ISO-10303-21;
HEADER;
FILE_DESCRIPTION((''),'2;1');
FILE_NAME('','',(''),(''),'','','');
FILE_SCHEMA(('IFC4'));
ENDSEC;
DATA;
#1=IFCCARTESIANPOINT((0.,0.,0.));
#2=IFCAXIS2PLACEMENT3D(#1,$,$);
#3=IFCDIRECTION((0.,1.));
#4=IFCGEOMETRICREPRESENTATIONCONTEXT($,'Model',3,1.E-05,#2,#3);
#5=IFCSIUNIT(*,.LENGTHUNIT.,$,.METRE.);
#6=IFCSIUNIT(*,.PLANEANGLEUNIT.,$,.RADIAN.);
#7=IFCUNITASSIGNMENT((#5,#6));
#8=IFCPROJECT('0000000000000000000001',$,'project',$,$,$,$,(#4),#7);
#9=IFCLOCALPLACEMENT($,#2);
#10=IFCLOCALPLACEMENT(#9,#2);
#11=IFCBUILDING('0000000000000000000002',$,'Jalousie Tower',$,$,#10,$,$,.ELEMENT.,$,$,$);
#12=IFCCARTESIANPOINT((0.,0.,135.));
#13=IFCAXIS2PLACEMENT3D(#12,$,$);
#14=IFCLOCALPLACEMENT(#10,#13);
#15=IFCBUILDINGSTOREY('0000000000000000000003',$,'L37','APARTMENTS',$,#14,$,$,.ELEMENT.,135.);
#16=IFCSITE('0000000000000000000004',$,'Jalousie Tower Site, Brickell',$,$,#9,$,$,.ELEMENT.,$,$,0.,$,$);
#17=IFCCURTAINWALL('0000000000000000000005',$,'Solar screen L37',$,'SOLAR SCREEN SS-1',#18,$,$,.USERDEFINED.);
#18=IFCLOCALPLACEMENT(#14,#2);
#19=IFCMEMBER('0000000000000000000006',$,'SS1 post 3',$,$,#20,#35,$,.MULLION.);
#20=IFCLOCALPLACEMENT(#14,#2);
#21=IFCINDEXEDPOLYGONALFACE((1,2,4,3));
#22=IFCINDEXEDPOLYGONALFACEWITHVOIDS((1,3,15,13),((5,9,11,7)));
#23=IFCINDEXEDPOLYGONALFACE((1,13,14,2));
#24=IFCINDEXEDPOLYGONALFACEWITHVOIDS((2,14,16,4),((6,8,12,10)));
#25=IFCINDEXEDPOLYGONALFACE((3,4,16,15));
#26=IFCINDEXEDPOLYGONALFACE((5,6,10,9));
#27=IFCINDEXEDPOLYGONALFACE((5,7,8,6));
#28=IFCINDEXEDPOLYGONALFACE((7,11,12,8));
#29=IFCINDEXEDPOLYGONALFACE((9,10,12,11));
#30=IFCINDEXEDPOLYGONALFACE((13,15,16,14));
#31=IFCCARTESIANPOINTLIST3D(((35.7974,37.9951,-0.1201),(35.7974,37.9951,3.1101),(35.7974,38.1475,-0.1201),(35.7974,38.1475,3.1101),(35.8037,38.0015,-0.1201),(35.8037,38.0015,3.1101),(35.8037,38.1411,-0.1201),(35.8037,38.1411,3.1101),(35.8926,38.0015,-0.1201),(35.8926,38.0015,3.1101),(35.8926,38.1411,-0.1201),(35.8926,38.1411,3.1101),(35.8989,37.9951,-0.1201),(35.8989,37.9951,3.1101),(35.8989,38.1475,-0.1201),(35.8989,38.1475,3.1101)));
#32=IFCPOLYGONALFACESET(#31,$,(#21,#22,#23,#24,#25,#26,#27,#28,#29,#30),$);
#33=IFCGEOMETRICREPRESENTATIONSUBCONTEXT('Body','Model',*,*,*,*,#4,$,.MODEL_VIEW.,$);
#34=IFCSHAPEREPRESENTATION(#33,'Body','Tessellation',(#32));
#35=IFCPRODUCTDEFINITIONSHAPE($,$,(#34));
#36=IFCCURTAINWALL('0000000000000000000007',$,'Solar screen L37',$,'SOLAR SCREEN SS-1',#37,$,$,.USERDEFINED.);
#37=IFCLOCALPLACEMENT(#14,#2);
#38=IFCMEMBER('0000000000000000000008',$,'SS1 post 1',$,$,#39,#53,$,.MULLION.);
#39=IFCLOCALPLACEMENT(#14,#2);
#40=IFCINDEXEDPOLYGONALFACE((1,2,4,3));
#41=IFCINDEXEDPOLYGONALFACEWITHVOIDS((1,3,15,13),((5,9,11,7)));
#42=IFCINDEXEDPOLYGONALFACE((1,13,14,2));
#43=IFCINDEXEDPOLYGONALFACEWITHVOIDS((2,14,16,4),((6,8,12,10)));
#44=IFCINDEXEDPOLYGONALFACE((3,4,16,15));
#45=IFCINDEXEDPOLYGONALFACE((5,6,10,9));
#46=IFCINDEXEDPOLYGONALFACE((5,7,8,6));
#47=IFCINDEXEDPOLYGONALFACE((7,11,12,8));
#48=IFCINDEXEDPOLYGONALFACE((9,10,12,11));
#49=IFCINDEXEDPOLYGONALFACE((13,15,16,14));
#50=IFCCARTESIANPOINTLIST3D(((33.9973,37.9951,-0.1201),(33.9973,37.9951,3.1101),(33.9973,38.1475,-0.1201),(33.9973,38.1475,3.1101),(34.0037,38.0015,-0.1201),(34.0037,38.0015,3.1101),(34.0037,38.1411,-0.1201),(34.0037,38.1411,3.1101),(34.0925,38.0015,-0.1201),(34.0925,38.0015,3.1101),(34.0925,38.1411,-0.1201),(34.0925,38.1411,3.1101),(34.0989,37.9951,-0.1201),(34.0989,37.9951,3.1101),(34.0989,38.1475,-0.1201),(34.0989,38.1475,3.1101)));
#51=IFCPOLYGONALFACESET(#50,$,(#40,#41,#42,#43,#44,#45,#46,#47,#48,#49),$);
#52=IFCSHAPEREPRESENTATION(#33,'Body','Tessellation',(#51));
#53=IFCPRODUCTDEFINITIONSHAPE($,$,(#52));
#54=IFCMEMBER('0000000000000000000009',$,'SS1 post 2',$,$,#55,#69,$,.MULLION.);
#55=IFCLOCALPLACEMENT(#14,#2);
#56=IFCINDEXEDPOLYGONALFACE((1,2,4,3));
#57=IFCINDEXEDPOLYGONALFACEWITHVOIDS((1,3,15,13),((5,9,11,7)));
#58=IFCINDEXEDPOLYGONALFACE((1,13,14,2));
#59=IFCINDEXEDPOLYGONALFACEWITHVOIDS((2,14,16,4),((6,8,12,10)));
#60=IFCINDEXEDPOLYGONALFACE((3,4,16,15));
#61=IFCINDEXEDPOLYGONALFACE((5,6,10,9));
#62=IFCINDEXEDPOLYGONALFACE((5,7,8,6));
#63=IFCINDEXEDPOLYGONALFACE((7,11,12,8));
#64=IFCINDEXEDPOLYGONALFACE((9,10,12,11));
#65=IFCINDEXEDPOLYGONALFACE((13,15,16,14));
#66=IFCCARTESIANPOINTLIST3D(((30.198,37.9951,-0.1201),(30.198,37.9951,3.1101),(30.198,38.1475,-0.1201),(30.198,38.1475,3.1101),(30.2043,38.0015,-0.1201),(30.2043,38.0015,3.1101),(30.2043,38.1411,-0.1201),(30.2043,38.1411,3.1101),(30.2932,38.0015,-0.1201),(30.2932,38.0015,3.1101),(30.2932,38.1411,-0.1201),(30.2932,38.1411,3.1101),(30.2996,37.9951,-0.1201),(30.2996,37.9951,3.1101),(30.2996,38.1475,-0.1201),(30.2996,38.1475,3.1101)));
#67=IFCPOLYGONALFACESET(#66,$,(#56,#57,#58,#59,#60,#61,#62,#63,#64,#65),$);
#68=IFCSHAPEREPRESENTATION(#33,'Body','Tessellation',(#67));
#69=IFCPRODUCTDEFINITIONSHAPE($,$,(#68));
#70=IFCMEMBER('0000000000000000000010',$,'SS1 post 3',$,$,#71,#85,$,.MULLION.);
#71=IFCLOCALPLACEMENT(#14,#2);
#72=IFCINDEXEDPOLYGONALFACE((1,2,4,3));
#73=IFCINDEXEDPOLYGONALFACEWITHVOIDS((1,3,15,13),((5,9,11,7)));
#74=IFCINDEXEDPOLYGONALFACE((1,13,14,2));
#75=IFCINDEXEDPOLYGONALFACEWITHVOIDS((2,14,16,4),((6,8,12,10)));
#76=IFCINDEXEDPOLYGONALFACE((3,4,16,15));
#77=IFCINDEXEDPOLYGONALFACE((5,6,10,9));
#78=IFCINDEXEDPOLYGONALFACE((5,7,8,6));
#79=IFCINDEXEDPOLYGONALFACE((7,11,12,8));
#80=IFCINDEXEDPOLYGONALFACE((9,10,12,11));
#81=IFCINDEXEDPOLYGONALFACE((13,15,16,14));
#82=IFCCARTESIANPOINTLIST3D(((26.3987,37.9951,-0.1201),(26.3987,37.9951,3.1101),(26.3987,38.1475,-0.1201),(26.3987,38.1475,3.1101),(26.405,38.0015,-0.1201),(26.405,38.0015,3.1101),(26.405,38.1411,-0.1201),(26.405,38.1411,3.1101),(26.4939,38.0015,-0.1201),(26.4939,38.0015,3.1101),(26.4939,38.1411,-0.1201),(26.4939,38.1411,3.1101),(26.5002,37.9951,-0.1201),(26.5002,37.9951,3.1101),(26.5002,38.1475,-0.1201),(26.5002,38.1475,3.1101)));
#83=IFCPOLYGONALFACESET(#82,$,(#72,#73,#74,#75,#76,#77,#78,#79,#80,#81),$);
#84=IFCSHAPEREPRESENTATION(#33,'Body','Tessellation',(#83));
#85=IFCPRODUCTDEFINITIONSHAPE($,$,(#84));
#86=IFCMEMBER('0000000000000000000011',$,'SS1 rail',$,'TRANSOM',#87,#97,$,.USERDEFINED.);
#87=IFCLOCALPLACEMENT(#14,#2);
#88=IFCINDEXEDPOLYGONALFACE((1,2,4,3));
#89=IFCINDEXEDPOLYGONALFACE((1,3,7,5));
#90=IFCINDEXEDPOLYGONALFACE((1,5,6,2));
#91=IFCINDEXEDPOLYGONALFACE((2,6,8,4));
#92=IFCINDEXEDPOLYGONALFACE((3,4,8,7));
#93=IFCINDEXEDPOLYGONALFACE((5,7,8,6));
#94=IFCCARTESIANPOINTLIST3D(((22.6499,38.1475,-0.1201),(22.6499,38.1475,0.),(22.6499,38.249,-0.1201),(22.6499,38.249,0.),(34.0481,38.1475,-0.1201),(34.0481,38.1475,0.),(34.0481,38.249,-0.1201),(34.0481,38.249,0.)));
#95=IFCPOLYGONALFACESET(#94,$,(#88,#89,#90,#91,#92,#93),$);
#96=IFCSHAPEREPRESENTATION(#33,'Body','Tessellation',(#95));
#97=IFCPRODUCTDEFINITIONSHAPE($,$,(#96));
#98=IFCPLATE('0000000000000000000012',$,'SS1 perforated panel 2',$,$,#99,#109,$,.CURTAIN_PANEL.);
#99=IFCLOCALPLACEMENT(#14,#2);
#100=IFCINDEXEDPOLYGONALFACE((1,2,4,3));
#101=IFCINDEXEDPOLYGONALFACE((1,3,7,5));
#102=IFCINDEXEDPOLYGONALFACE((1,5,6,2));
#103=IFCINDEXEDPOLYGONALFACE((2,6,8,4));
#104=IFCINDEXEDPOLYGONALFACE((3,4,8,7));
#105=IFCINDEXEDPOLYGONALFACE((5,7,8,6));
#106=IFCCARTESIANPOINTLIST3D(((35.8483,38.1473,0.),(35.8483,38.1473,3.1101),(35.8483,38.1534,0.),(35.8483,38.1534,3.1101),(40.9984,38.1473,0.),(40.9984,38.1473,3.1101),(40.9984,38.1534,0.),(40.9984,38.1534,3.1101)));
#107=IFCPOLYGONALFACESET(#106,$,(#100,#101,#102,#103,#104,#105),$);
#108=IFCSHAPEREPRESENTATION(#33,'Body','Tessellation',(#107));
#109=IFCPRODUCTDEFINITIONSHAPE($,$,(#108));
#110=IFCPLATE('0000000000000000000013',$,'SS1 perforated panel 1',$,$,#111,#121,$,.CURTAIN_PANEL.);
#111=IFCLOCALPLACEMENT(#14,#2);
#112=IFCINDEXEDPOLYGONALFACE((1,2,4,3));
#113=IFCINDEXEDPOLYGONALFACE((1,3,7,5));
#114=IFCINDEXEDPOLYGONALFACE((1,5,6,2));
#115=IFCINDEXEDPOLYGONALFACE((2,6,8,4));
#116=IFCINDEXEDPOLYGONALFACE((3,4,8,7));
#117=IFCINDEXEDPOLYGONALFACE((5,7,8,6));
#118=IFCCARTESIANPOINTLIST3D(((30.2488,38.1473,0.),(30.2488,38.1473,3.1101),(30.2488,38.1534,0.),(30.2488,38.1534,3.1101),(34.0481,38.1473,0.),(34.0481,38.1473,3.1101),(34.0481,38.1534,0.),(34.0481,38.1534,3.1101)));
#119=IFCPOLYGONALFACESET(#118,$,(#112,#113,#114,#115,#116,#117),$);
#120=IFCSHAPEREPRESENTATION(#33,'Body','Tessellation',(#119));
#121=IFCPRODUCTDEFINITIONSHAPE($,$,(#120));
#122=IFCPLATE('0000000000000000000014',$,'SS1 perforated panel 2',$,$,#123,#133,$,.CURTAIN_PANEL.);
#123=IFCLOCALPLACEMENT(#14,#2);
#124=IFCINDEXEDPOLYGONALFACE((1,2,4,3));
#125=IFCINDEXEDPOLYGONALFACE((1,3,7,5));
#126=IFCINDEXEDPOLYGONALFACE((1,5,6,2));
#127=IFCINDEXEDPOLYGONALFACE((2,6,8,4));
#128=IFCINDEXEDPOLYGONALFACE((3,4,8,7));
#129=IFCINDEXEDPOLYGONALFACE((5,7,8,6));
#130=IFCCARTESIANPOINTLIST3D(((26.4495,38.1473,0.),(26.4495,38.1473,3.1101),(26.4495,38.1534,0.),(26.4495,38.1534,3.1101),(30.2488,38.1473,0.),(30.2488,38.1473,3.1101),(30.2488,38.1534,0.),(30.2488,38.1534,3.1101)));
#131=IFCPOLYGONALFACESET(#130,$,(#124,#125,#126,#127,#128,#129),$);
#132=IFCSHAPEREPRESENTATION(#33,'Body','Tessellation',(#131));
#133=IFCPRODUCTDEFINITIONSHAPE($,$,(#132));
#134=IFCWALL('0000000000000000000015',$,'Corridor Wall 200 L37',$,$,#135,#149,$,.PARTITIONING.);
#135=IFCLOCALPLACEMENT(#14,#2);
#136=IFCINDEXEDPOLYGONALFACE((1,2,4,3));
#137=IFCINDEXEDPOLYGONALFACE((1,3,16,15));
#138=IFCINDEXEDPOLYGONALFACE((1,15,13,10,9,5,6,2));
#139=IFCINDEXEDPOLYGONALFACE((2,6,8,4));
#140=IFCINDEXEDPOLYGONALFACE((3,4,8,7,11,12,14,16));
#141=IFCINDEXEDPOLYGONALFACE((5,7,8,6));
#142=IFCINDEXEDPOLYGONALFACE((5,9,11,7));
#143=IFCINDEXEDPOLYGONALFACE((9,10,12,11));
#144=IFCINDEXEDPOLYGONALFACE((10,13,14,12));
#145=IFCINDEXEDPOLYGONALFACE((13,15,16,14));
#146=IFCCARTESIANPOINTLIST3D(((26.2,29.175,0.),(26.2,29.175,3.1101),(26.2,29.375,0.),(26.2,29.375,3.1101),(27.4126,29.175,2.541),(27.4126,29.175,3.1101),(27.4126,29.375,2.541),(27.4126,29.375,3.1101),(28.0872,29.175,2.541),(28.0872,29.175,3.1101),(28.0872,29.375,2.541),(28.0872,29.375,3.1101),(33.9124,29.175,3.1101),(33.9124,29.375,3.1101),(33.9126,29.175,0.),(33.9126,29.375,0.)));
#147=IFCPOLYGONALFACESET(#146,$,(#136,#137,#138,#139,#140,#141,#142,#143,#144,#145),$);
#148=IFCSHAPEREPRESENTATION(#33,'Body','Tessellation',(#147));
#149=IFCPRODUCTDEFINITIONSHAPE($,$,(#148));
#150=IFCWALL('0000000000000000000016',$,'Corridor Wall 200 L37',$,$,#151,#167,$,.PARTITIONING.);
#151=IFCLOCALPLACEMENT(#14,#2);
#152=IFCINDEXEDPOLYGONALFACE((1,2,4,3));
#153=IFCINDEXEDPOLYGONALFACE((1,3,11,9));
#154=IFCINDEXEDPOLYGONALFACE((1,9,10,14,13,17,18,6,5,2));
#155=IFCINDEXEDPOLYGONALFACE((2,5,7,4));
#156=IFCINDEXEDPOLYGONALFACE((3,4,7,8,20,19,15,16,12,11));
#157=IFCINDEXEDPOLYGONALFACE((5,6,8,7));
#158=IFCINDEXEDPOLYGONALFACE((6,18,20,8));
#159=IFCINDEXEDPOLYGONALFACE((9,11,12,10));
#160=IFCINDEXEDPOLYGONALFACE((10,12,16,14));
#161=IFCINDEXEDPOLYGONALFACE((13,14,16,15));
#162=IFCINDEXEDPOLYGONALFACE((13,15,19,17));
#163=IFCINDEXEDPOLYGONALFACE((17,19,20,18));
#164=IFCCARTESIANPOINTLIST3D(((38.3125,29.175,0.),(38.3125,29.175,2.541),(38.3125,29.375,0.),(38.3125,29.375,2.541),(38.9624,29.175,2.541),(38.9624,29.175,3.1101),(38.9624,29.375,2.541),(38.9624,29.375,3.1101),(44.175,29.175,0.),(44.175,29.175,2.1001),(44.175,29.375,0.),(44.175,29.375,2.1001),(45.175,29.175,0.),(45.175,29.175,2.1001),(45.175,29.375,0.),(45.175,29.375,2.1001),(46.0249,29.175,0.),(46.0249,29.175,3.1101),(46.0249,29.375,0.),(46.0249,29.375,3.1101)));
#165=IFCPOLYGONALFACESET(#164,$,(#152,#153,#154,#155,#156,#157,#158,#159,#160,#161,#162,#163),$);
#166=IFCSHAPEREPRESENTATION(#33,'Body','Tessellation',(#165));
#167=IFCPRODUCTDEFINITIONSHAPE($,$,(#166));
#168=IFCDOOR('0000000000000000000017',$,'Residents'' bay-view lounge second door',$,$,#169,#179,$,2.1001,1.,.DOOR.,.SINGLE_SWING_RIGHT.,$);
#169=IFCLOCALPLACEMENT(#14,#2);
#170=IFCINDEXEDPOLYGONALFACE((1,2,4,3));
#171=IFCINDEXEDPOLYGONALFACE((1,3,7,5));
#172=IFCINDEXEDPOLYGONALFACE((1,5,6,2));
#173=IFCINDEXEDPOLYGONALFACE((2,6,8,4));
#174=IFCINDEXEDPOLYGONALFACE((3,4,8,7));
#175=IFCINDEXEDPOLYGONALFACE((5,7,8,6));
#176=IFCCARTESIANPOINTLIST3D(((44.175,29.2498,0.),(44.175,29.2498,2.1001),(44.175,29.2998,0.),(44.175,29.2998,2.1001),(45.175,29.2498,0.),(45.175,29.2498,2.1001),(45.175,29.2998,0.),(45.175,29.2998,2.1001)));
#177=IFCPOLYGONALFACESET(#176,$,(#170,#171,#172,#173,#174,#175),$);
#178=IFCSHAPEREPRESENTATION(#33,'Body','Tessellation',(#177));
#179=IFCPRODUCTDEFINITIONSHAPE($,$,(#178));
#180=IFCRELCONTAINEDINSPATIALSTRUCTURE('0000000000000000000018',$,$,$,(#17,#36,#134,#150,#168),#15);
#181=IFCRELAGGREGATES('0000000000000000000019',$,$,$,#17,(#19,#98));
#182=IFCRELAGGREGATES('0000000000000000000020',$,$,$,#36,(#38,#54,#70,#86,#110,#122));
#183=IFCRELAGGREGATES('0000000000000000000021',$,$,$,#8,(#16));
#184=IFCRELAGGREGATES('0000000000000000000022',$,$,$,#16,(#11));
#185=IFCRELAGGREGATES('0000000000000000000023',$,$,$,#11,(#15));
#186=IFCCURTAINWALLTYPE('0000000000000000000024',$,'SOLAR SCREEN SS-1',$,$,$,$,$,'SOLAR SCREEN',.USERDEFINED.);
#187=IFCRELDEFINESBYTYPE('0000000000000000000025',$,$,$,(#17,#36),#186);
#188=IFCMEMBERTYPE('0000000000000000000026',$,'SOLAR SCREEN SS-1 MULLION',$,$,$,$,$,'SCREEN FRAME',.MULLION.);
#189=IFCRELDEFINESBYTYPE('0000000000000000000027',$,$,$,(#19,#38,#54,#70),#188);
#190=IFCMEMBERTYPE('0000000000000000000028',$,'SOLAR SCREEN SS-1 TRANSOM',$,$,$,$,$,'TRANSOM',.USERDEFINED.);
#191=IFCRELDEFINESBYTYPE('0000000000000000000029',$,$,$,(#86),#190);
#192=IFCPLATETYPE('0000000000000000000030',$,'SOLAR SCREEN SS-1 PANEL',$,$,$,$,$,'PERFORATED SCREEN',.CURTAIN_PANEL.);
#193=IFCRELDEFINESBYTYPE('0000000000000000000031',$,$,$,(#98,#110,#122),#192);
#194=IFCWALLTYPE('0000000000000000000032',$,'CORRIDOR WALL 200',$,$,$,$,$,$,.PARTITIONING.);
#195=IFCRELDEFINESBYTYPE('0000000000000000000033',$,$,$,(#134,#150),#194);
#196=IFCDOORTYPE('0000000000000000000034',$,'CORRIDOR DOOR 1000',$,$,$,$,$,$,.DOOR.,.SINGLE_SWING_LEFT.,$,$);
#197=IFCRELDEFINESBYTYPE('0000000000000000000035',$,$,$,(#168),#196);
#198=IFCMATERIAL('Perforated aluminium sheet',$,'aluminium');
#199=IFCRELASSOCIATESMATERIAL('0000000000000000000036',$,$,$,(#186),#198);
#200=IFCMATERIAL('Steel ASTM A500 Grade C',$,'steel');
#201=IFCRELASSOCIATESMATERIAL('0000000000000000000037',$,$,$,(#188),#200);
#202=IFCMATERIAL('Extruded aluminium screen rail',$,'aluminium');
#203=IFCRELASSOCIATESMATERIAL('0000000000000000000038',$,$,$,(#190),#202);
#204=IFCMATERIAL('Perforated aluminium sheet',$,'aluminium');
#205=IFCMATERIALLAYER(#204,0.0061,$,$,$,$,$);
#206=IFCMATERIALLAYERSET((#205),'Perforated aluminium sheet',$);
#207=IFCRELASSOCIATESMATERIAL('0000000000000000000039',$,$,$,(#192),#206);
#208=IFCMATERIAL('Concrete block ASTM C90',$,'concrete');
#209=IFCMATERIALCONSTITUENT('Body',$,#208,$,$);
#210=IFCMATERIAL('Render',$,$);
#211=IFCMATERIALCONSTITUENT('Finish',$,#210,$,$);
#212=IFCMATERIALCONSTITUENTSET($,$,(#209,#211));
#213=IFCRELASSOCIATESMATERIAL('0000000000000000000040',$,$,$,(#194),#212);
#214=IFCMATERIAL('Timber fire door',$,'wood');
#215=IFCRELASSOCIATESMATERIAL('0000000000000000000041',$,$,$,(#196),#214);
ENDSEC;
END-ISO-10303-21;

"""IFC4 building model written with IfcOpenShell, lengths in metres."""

from ifc_helpers import new_model, si_unit, direction, frame, frame_2d, origin, origin_2d, place, context, subcontext, project, spatial, polyline, rectangle, hollow_rectangle, outline, extrude, material, layer, layer_set, constituent, constituent_set, material_profile, profile_set, type_object, element, fill, aggregate, save


model = new_model("IFC4")

# Units and contexts
model_context = context("Model", 3, precision=1e-05, world=origin(), true_north=direction((0.0, 1.0)))
body_context = subcontext(model_context, "Body", "Model", "MODEL_VIEW")
ifc_project = project(units=[si_unit("LENGTHUNIT", "METRE"), si_unit("PLANEANGLEUNIT", "RADIAN")], contexts=[model_context])

# Site, building, storey
site_placement = place(None, origin())
site = spatial("IfcSite", under=ifc_project, at=site_placement, Name="Jalousie Tower Site, Brickell", CompositionType="ELEMENT", RefElevation=0.0)
building_placement = place(site_placement, origin())
building = spatial("IfcBuilding", under=site, at=building_placement, Name="Jalousie Tower", CompositionType="ELEMENT")
storey_placement = place(building_placement, frame((0.0, 0.0, 135.0)))
storey = spatial("IfcBuildingStorey", under=building, at=storey_placement, Name="L37", Description="APARTMENTS", CompositionType="ELEMENT", Elevation=135.0)

# Curtain wall, member
ifc_material_1 = material(Name="Perforated aluminium sheet", Category="aluminium")
curtain_wall_type = type_object("IfcCurtainWallType", Name="SOLAR SCREEN SS-1", ElementType="SOLAR SCREEN", PredefinedType="USERDEFINED", material=ifc_material_1)
curtain_wall_1_placement = place(storey_placement, origin())
curtain_wall_1 = element("IfcCurtainWall", 1, at=curtain_wall_1_placement, inside=storey, type_object=curtain_wall_type, Name="Solar screen L37", ObjectType="SOLAR SCREEN SS-1", PredefinedType="USERDEFINED")
ifc_material_2 = material(Name="Steel ASTM A500 Grade C", Category="steel")
ifc_material_profile_1 = material_profile(ifc_material_2, hollow_rectangle(XDim=0.1016, YDim=0.1523, WallThickness=0.0063, at=origin_2d()), Name="HSS6X4X1/4")
ifc_profile_set_1 = profile_set([ifc_material_profile_1], Name="Steel ASTM A500 Grade C")
member_type_1 = type_object("IfcMemberType", Name="SOLAR SCREEN SS-1 MULLION", ElementType="SCREEN FRAME", PredefinedType="MULLION", material=ifc_profile_set_1)
member_1_placement = place(storey_placement, frame((35.8481, 38.0713, -0.1201), z_axis=(0.0, 0.0, 1.0), x_axis=(-1.0, 0.0, 0.0)))
member_1 = element("IfcMember", 2, at=member_1_placement, type_object=member_type_1, Name="SS1 post 3", PredefinedType="MULLION", context=body_context, shape_type="SweptSolid", body=[
    extrude(hollow_rectangle(XDim=0.1016, YDim=0.1523, WallThickness=0.0063, at=origin_2d()), origin(), (0.0, 0.0, 1.0), 3.2302),
])

# Curtain wall, members
curtain_wall_2_placement = place(storey_placement, origin())
curtain_wall_2 = element("IfcCurtainWall", 3, at=curtain_wall_2_placement, inside=storey, type_object=curtain_wall_type, Name="Solar screen L37", ObjectType="SOLAR SCREEN SS-1", PredefinedType="USERDEFINED")
member_2_placement = place(storey_placement, frame((34.0481, 38.0713, -0.1201), z_axis=(0.0, 0.0, 1.0), x_axis=(-1.0, 0.0, 0.0)))
member_2 = element("IfcMember", 4, at=member_2_placement, type_object=member_type_1, Name="SS1 post 1", PredefinedType="MULLION", context=body_context, shape_type="SweptSolid", body=[
    extrude(hollow_rectangle(XDim=0.1016, YDim=0.1523, WallThickness=0.0063, at=origin_2d()), origin(), (0.0, 0.0, 1.0), 3.2302),
])
member_3_placement = place(storey_placement, frame((30.2488, 38.0713, -0.1201), z_axis=(0.0, 0.0, 1.0), x_axis=(-1.0, 0.0, 0.0)))
member_3 = element("IfcMember", 5, at=member_3_placement, type_object=member_type_1, Name="SS1 post 2", PredefinedType="MULLION", context=body_context, shape_type="SweptSolid", body=[
    extrude(hollow_rectangle(XDim=0.1016, YDim=0.1523, WallThickness=0.0063, at=origin_2d()), origin(), (0.0, 0.0, 1.0), 3.2302),
])
member_4_placement = place(storey_placement, frame((26.4495, 38.0713, -0.1201), z_axis=(0.0, 0.0, 1.0), x_axis=(-1.0, 0.0, 0.0)))
member_4 = element("IfcMember", 6, at=member_4_placement, type_object=member_type_1, Name="SS1 post 3", PredefinedType="MULLION", context=body_context, shape_type="SweptSolid", body=[
    extrude(hollow_rectangle(XDim=0.1016, YDim=0.1523, WallThickness=0.0063, at=origin_2d()), origin(), (0.0, 0.0, 1.0), 3.2302),
])
ifc_material_3 = material(Name="Extruded aluminium screen rail", Category="aluminium")
ifc_material_profile_2 = material_profile(ifc_material_3, rectangle(XDim=0.1016, YDim=0.1201, at=origin_2d()), Name="RAIL 102x120")
ifc_profile_set_2 = profile_set([ifc_material_profile_2], Name="Extruded aluminium screen rail")
member_type_2 = type_object("IfcMemberType", Name="SOLAR SCREEN SS-1 TRANSOM", ElementType="TRANSOM", PredefinedType="USERDEFINED", material=ifc_profile_set_2)
member_5_placement = place(storey_placement, frame((34.0481, 38.1982, -0.0601), z_axis=(-1.0, 0.0, 0.0), x_axis=(0.0, -1.0, 0.0)))
member_5 = element("IfcMember", 7, at=member_5_placement, type_object=member_type_2, Name="SS1 rail", ObjectType="TRANSOM", PredefinedType="USERDEFINED", context=body_context, shape_type="SweptSolid", body=[
    extrude(rectangle(XDim=0.1016, YDim=0.1201, at=origin_2d()), origin(), (0.0, 0.0, 1.0), 11.3982),
])

# Plates
ifc_material_4 = material(Name="Perforated aluminium sheet", Category="aluminium")
ifc_layer_1 = layer(ifc_material_4, 0.0061)
ifc_layer_set_1 = layer_set([ifc_layer_1], Name="Perforated aluminium sheet")
plate_type = type_object("IfcPlateType", Name="SOLAR SCREEN SS-1 PANEL", ElementType="PERFORATED SCREEN", PredefinedType="CURTAIN_PANEL", material=ifc_layer_set_1)
plate_1_placement = place(storey_placement, frame((38.4233, 38.1504, 0.0), z_axis=(0.0, 0.0, 1.0), x_axis=(-1.0, 0.0, 0.0)))
plate_1 = element("IfcPlate", 8, at=plate_1_placement, type_object=plate_type, Name="SS1 perforated panel 2", PredefinedType="CURTAIN_PANEL", context=body_context, shape_type="SweptSolid", body=[
    extrude(rectangle(XDim=5.1501, YDim=0.0061, at=origin_2d()), origin(), (0.0, 0.0, 1.0), 3.1101),
])
aggregate(curtain_wall_1, [member_1, plate_1])
plate_2_placement = place(storey_placement, frame((32.1484, 38.1504, 0.0), z_axis=(0.0, 0.0, 1.0), x_axis=(-1.0, 0.0, 0.0)))
plate_2 = element("IfcPlate", 9, at=plate_2_placement, type_object=plate_type, Name="SS1 perforated panel 1", PredefinedType="CURTAIN_PANEL", context=body_context, shape_type="SweptSolid", body=[
    extrude(rectangle(XDim=3.7993, YDim=0.0061, at=origin_2d()), origin(), (0.0, 0.0, 1.0), 3.1101),
])
plate_3_placement = place(storey_placement, frame((28.3491, 38.1504, 0.0), z_axis=(0.0, 0.0, 1.0), x_axis=(-1.0, 0.0, 0.0)))
plate_3 = element("IfcPlate", 10, at=plate_3_placement, type_object=plate_type, Name="SS1 perforated panel 2", PredefinedType="CURTAIN_PANEL", context=body_context, shape_type="SweptSolid", body=[
    extrude(rectangle(XDim=3.7993, YDim=0.0061, at=origin_2d()), origin(), (0.0, 0.0, 1.0), 3.1101),
])
aggregate(curtain_wall_2, [member_2, member_3, member_4, member_5, plate_2, plate_3])

# Wall
ifc_material_5 = material(Name="Concrete block ASTM C90", Category="concrete")
ifc_constituent_1 = constituent(ifc_material_5, Name="Body")
ifc_material_6 = material(Name="Render")
ifc_constituent_2 = constituent(ifc_material_6, Name="Finish")
ifc_constituent_set_1 = constituent_set(constituents=[ifc_constituent_1, ifc_constituent_2])
wall_type_1 = type_object("IfcWallType", Name="CORRIDOR WALL 200", PredefinedType="PARTITIONING", material=ifc_constituent_set_1)
wall_1_placement = place(storey_placement, frame((26.2, 29.2749, 0.0), z_axis=(0.0, 0.0, 1.0), x_axis=(1.0, 0.0, 0.0)))
element("IfcWall", 11, at=wall_1_placement, inside=storey, type_object=wall_type_1, Name="Corridor Wall 200 L37", PredefinedType="PARTITIONING", context=body_context, shape_type="SweptSolid", body=[
    extrude(outline(polyline([(0.0, 0.0), (7.7126, 0.0), (7.7124, 3.1101), (1.8872, 3.1101), (1.8872, 2.541), (1.2126, 2.541), (1.2126, 3.1101), (0.0, 3.1101), (0.0, 0.0)])), frame((0.0, 0.1001, 0.0), z_axis=(0.0, -1.0, 0.0), x_axis=(1.0, 0.0, 0.0)), (0.0, 0.0, 1.0), 0.2),
])

# Wall, opening, door
wall_2_placement = place(storey_placement, frame((38.3125, 29.2749, 0.0), z_axis=(0.0, 0.0, 1.0), x_axis=(1.0, 0.0, 0.0)))
wall_2 = element("IfcWall", 12, at=wall_2_placement, inside=storey, type_object=wall_type_1, Name="Corridor Wall 200 L37", PredefinedType="PARTITIONING", context=body_context, shape_type="SweptSolid", body=[
    extrude(outline(polyline([(0.0, 0.0), (7.7124, 0.0), (7.7124, 3.1101), (0.6499, 3.1101), (0.6499, 2.541), (0.0, 2.541), (0.0, 3.1101), (0.0, 0.0)])), frame((0.0, 0.1001, 0.0), z_axis=(0.0, -1.0, 0.0), x_axis=(1.0, 0.0, 0.0)), (0.0, 0.0, 1.0), 0.2),
])
opening_1_placement = place(wall_2_placement, frame((5.8625, 0.0, 0.0)))
opening_1 = element("IfcOpeningElement", 13, at=opening_1_placement, cuts=wall_2, PredefinedType="OPENING", context=body_context, shape_type="SweptSolid", body=[
    extrude(rectangle(XDim=1.0, YDim=2.1001, at=frame_2d((0.5, 1.05))), frame((0.0, 0.1099, 0.0), z_axis=(0.0, -1.0, 0.0), x_axis=(1.0, 0.0, 0.0)), (0.0, 0.0, 1.0), 0.22),
])
ifc_material_7 = material(Name="Timber fire door", Category="wood")
door_type_1 = type_object("IfcDoorType", Name="CORRIDOR DOOR 1000", OperationType="SINGLE_SWING_LEFT", PredefinedType="DOOR", material=ifc_material_7)
door_1_placement = place(opening_1_placement, origin())
door_1 = element("IfcDoor", 14, at=door_1_placement, inside=storey, type_object=door_type_1, Name="Residents' bay-view lounge second door", OperationType="SINGLE_SWING_RIGHT", OverallHeight=2.1001, OverallWidth=1.0, PredefinedType="DOOR", context=body_context, shape_type="SweptSolid", body=[
    extrude(rectangle(XDim=1.0, YDim=2.1001, at=frame_2d((0.5, 1.05))), frame((0.0, 0.0249, 0.0), z_axis=(0.0, -1.0, 0.0), x_axis=(1.0, 0.0, 0.0)), (0.0, 0.0, 1.0), 0.05),
])
fill(opening_1, door_1)

save(model, "model.ifc")
